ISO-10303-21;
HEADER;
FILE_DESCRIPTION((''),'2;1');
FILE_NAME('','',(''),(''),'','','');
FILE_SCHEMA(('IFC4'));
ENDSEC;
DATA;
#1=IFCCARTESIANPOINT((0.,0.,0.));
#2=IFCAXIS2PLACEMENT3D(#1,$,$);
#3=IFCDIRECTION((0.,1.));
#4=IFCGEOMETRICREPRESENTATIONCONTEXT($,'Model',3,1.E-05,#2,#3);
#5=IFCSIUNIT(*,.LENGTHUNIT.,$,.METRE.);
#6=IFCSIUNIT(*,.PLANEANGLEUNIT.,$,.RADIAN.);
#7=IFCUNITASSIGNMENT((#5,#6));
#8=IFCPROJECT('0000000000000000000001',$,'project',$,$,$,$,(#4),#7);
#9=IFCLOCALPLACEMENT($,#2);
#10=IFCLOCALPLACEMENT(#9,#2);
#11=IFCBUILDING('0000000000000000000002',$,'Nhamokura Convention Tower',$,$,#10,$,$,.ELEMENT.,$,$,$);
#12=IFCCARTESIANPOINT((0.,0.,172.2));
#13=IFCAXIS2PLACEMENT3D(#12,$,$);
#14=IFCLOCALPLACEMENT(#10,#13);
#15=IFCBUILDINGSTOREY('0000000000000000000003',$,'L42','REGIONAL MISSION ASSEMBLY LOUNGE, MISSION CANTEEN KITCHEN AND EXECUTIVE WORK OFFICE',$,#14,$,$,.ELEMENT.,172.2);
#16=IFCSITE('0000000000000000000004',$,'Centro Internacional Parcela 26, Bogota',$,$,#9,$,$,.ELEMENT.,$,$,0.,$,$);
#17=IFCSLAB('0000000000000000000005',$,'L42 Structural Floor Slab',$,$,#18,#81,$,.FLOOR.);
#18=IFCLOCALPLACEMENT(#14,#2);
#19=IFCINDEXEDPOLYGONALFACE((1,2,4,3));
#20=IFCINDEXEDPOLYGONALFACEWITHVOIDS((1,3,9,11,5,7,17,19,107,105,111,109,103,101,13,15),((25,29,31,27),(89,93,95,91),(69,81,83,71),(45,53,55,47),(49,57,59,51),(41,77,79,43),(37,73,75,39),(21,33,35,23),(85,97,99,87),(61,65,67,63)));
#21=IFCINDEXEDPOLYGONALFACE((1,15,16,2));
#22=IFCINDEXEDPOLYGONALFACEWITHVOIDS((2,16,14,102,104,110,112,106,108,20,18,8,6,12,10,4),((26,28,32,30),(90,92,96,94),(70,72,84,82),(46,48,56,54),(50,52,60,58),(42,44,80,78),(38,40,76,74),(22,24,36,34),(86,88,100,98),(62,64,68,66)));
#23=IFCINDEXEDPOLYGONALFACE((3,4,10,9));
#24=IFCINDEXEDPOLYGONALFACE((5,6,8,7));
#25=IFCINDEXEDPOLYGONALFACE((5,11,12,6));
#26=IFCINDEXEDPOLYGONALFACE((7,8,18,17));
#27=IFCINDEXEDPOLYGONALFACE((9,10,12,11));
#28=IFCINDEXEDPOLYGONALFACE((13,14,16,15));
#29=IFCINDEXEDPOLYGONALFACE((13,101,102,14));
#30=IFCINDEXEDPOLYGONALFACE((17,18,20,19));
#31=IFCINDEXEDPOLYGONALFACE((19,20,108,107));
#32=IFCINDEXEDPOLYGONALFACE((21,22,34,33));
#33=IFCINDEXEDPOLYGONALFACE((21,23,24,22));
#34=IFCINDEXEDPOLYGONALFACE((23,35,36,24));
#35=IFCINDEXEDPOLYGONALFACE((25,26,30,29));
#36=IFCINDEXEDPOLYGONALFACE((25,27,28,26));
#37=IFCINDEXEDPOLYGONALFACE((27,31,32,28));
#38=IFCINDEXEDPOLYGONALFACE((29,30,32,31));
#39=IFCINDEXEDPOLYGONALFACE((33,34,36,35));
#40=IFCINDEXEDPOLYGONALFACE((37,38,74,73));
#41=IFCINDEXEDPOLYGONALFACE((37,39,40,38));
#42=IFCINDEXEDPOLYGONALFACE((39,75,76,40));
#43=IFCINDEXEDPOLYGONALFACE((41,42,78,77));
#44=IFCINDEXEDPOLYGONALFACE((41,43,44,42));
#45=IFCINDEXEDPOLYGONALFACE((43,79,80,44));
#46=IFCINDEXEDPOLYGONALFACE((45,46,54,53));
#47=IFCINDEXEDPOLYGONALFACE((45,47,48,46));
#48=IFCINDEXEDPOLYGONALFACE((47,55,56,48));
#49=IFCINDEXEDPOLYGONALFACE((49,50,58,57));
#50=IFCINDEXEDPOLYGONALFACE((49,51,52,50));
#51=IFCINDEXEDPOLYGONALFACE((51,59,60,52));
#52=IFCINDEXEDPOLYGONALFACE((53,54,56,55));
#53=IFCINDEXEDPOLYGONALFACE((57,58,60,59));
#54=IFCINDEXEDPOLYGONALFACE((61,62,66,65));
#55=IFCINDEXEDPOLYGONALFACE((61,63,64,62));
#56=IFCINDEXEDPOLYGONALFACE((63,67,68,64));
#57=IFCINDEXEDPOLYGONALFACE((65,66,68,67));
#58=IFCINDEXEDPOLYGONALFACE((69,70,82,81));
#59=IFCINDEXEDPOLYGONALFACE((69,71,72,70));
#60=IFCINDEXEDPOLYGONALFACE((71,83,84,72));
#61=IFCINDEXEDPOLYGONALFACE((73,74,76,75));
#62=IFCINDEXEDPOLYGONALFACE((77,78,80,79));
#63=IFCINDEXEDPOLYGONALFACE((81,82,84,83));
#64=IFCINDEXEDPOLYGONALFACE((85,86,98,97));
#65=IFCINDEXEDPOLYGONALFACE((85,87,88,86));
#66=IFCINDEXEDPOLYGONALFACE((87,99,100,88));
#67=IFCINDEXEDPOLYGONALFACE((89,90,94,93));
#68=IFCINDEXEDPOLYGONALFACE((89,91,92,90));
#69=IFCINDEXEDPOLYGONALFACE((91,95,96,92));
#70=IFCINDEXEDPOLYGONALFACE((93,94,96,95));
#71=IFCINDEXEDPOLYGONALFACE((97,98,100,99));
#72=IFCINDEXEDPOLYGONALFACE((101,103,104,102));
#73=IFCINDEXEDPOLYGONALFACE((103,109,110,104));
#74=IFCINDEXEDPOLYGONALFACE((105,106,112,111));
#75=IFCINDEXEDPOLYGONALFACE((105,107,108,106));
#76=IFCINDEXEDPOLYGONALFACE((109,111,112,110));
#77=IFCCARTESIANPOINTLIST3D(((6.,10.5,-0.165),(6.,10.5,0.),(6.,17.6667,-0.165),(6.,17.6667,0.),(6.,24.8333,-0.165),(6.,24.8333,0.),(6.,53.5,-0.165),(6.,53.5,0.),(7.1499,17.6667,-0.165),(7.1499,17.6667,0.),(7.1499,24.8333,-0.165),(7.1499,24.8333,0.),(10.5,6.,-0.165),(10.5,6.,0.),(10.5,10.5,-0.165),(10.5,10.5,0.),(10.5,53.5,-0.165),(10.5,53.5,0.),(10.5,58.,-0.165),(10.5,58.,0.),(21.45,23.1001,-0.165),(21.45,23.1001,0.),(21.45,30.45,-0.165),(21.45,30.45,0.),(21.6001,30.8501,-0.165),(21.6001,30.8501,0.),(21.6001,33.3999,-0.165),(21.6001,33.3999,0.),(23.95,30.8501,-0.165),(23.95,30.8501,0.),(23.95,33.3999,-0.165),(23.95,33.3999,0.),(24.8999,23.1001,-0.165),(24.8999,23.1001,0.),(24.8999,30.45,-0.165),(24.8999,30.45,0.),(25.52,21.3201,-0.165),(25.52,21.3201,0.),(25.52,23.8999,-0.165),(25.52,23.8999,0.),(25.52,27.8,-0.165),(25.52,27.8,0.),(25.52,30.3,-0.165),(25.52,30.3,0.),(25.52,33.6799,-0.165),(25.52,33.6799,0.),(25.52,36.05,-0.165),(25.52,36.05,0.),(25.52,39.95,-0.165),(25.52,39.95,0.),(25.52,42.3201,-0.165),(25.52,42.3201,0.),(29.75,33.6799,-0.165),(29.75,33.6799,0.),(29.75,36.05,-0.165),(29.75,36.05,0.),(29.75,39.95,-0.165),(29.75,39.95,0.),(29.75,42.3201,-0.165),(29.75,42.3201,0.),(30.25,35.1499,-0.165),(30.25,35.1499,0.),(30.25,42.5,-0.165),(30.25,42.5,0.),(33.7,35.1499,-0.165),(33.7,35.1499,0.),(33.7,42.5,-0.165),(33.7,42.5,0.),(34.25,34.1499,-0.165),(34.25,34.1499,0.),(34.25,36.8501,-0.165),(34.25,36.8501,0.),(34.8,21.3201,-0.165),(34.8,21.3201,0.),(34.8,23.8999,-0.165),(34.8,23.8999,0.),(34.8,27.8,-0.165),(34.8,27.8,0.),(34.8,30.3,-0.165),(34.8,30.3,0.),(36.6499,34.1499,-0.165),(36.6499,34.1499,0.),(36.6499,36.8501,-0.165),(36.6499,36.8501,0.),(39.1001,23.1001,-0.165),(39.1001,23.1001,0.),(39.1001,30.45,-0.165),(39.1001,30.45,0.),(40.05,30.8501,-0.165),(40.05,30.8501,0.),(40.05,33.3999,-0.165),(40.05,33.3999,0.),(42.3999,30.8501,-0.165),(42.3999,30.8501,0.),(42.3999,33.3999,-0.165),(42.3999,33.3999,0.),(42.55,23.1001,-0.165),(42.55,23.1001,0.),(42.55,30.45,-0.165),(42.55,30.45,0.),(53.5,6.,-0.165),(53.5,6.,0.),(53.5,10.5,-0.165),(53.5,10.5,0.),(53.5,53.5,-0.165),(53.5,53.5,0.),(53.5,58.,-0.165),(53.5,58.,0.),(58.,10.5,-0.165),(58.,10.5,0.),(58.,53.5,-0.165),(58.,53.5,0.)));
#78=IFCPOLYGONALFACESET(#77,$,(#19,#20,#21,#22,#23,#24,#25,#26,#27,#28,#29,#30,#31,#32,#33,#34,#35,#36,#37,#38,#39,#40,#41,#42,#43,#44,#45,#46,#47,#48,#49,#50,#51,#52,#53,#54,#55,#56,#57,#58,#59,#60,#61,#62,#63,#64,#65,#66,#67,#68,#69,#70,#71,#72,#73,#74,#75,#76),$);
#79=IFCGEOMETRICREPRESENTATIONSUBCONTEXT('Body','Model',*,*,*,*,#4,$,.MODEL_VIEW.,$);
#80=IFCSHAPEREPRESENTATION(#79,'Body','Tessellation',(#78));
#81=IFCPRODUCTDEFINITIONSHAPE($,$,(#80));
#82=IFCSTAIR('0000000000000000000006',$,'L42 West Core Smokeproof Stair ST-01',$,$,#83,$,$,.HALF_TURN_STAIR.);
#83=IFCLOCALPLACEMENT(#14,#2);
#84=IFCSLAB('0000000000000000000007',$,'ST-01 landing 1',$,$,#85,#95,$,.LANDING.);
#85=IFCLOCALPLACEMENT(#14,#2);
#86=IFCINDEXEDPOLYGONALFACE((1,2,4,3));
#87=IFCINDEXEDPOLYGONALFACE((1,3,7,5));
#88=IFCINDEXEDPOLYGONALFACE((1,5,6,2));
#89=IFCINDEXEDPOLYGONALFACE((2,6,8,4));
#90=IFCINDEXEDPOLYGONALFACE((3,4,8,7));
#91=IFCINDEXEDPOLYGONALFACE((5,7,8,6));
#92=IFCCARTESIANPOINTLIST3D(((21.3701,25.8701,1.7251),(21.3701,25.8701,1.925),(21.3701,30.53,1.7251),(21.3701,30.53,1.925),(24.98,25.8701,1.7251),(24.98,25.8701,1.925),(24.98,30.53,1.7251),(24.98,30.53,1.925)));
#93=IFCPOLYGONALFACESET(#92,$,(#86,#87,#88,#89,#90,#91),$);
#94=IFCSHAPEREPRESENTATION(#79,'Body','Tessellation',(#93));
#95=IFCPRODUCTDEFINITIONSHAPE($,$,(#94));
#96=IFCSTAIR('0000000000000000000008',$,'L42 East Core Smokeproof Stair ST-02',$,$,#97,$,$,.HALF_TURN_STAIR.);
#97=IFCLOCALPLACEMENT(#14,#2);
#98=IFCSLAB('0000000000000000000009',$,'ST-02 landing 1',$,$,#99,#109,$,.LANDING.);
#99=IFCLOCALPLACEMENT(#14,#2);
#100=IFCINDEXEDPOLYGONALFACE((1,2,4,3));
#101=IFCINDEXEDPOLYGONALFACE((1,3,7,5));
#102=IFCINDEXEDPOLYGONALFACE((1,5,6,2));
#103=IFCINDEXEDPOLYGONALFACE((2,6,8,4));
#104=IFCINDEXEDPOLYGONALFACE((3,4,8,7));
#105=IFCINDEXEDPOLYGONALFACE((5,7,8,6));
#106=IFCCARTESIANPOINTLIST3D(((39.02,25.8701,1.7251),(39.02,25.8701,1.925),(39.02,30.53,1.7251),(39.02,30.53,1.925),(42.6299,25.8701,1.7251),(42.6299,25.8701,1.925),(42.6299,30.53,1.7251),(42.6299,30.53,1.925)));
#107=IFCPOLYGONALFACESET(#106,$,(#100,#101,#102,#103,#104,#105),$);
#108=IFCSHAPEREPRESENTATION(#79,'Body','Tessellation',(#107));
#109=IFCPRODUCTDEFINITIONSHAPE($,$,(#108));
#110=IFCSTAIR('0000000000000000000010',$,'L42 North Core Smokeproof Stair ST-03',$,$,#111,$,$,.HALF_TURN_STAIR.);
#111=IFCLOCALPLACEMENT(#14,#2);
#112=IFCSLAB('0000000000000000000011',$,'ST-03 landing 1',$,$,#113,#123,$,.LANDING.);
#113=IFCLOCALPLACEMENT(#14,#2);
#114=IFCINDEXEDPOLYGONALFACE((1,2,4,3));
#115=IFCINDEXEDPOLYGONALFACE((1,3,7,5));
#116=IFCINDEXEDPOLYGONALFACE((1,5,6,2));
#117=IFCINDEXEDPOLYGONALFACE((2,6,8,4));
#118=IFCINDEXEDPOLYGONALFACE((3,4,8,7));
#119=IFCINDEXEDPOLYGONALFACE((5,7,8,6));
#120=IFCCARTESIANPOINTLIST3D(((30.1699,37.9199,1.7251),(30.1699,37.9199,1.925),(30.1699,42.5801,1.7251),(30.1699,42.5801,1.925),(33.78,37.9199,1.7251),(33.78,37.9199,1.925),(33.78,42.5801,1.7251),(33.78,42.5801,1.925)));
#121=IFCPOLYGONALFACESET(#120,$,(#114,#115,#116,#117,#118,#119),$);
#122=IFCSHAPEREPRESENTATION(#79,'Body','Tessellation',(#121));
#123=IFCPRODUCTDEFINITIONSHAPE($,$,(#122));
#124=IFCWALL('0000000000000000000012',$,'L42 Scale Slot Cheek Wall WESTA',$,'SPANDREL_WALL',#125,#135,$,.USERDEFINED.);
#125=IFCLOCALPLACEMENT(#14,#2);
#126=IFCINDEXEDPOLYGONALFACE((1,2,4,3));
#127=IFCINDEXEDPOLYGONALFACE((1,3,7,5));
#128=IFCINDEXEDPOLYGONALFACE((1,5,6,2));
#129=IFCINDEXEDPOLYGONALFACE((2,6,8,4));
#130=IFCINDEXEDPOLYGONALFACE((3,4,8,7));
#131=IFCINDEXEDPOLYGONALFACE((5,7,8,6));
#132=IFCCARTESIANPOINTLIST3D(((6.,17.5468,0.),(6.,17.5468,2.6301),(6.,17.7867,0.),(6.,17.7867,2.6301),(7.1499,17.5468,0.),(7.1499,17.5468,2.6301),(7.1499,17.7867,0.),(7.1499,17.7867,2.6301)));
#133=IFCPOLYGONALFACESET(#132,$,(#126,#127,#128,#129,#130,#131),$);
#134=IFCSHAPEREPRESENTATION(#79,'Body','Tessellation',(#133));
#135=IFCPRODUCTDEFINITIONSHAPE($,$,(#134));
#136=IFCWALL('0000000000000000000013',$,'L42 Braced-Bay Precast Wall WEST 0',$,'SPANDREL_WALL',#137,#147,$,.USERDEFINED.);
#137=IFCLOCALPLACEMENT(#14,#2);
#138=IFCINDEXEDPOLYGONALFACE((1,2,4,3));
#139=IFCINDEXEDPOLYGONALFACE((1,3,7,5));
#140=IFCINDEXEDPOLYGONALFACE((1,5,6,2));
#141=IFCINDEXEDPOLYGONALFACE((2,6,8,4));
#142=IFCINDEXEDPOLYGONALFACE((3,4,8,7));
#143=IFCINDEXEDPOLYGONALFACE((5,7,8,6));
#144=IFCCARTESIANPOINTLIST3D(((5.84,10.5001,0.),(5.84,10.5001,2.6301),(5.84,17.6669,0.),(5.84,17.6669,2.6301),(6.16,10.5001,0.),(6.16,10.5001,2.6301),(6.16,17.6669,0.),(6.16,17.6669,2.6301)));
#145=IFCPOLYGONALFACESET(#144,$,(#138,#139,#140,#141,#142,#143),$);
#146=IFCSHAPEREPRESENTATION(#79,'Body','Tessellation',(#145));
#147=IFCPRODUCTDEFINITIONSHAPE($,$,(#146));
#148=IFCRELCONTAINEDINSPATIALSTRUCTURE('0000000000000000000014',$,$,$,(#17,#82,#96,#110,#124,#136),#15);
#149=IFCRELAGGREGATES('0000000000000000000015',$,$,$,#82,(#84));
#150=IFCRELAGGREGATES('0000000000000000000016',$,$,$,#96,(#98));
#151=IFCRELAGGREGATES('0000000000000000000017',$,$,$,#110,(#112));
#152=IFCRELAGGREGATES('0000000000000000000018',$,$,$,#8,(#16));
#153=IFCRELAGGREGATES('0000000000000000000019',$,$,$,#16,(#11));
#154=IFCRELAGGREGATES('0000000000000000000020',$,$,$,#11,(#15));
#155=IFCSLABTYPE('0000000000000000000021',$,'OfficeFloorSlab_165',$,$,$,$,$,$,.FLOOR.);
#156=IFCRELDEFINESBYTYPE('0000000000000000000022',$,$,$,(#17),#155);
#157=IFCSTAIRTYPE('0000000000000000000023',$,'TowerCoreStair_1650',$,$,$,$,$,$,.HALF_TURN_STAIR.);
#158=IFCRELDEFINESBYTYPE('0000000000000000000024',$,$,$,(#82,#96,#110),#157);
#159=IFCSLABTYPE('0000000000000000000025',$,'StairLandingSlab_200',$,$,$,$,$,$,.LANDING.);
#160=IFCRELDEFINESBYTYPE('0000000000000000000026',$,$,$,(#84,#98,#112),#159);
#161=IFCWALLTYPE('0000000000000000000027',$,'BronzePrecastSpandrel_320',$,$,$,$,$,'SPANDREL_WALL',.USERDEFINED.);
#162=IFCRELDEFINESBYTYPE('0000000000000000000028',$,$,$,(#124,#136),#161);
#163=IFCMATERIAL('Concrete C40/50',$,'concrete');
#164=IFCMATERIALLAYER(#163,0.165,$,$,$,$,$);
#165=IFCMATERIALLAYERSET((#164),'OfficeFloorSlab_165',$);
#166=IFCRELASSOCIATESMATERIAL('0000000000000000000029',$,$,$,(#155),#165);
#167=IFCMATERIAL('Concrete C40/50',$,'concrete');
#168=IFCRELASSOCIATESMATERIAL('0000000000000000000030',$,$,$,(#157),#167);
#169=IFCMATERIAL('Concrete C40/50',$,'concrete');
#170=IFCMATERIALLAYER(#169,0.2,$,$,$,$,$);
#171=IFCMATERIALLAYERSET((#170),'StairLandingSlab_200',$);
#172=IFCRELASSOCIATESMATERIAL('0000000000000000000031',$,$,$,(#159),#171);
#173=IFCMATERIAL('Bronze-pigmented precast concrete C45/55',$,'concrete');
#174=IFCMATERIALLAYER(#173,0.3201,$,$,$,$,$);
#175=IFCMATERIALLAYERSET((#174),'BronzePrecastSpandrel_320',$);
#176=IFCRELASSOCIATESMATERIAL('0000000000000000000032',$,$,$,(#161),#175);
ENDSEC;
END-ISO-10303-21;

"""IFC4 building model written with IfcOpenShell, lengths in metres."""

from ifc_helpers import new_model, si_unit, direction, frame, frame_2d, origin, place, context, subcontext, project, spatial, polyline, rectangle, outline, extrude, material, layer, layer_set, type_object, element, aggregate, save


model = new_model("IFC4")

# Units and contexts
model_context = context("Model", 3, precision=1e-05, world=origin(), true_north=direction((0.0, 1.0)))
body_context = subcontext(model_context, "Body", "Model", "MODEL_VIEW")
ifc_project = project(units=[si_unit("LENGTHUNIT", "METRE"), si_unit("PLANEANGLEUNIT", "RADIAN")], contexts=[model_context])

# Site, building, storey
site_placement = place(None, origin())
site = spatial("IfcSite", under=ifc_project, at=site_placement, Name="Centro Internacional Parcela 26, Bogota", CompositionType="ELEMENT", RefElevation=0.0)
building_placement = place(site_placement, origin())
building = spatial("IfcBuilding", under=site, at=building_placement, Name="Nhamokura Convention Tower", CompositionType="ELEMENT")
storey_placement = place(building_placement, frame((0.0, 0.0, 172.2)))
storey = spatial("IfcBuildingStorey", under=building, at=storey_placement, Name="L42", Description="REGIONAL MISSION ASSEMBLY LOUNGE, MISSION CANTEEN KITCHEN AND EXECUTIVE WORK OFFICE", CompositionType="ELEMENT", Elevation=172.2)

# Slab
ifc_material_1 = material(Name="Concrete C40/50", Category="concrete")
ifc_layer_1 = layer(ifc_material_1, 0.165)
ifc_layer_set_1 = layer_set([ifc_layer_1], Name="OfficeFloorSlab_165")
slab_type_1 = type_object("IfcSlabType", Name="OfficeFloorSlab_165", PredefinedType="FLOOR", material=ifc_layer_set_1)
slab_1_placement = place(storey_placement, frame((0.0, 0.0, -0.165)))
element("IfcSlab", 1, at=slab_1_placement, inside=storey, type_object=slab_type_1, Name="L42 Structural Floor Slab", PredefinedType="FLOOR", context=body_context, shape_type="SweptSolid", body=[
    extrude(outline(polyline([(10.5, 6.0), (53.5, 6.0), (53.5, 10.5), (58.0, 10.5), (58.0, 53.5), (53.5, 53.5), (53.5, 58.0), (10.5, 58.0), (10.5, 53.5), (6.0, 53.5), (6.0, 24.8333), (7.1499, 24.8333), (7.1499, 17.6667), (6.0, 17.6667), (6.0, 10.5), (10.5, 10.5), (10.5, 6.0)]), holes=[polyline([(24.8999, 23.1001), (24.8999, 30.45), (21.45, 30.45), (21.45, 23.1001), (24.8999, 23.1001)]), polyline([(42.55, 23.1001), (42.55, 30.45), (39.1001, 30.45), (39.1001, 23.1001), (42.55, 23.1001)]), polyline([(33.7, 35.1499), (33.7, 42.5), (30.25, 42.5), (30.25, 35.1499), (33.7, 35.1499)]), polyline([(21.6001, 30.8501), (23.95, 30.8501), (23.95, 33.3999), (21.6001, 33.3999), (21.6001, 30.8501)]), polyline([(40.05, 30.8501), (42.3999, 30.8501), (42.3999, 33.3999), (40.05, 33.3999), (40.05, 30.8501)]), polyline([(34.25, 34.1499), (36.6499, 34.1499), (36.6499, 36.8501), (34.25, 36.8501), (34.25, 34.1499)]), polyline([(25.52, 21.3201), (34.8, 21.3201), (34.8, 23.8999), (25.52, 23.8999), (25.52, 21.3201)]), polyline([(25.52, 27.8), (34.8, 27.8), (34.8, 30.3), (25.52, 30.3), (25.52, 27.8)]), polyline([(25.52, 33.6799), (29.75, 33.6799), (29.75, 36.05), (25.52, 36.05), (25.52, 33.6799)]), polyline([(25.52, 39.95), (29.75, 39.95), (29.75, 42.3201), (25.52, 42.3201), (25.52, 39.95)])]), origin(), (0.0, 0.0, 1.0), 0.165),
])

# Stairs, slabs
ifc_material_2 = material(Name="Concrete C40/50", Category="concrete")
stair_type = type_object("IfcStairType", Name="TowerCoreStair_1650", PredefinedType="HALF_TURN_STAIR", material=ifc_material_2)
stair_1_placement = place(storey_placement, origin())
stair_1 = element("IfcStair", 2, at=stair_1_placement, inside=storey, type_object=stair_type, Name="L42 West Core Smokeproof Stair ST-01", PredefinedType="HALF_TURN_STAIR")
ifc_material_3 = material(Name="Concrete C40/50", Category="concrete")
ifc_layer_2 = layer(ifc_material_3, 0.2)
ifc_layer_set_2 = layer_set([ifc_layer_2], Name="StairLandingSlab_200")
slab_type_2 = type_object("IfcSlabType", Name="StairLandingSlab_200", PredefinedType="LANDING", material=ifc_layer_set_2)
slab_2_placement = place(storey_placement, frame((0.0, 0.0, 1.7251)))
slab_2 = element("IfcSlab", 3, at=slab_2_placement, type_object=slab_type_2, Name="ST-01 landing 1", PredefinedType="LANDING", context=body_context, shape_type="SweptSolid", body=[
    extrude(outline(polyline([(24.98, 25.8701), (24.98, 30.53), (21.3701, 30.53), (21.3701, 25.8701), (24.98, 25.8701)])), origin(), (0.0, 0.0, 1.0), 0.2),
])
aggregate(stair_1, [slab_2])
stair_2_placement = place(storey_placement, origin())
stair_2 = element("IfcStair", 4, at=stair_2_placement, inside=storey, type_object=stair_type, Name="L42 East Core Smokeproof Stair ST-02", PredefinedType="HALF_TURN_STAIR")
slab_3_placement = place(storey_placement, frame((0.0, 0.0, 1.7251)))
slab_3 = element("IfcSlab", 5, at=slab_3_placement, type_object=slab_type_2, Name="ST-02 landing 1", PredefinedType="LANDING", context=body_context, shape_type="SweptSolid", body=[
    extrude(outline(polyline([(42.6299, 25.8701), (42.6299, 30.53), (39.02, 30.53), (39.02, 25.8701), (42.6299, 25.8701)])), origin(), (0.0, 0.0, 1.0), 0.2),
])
aggregate(stair_2, [slab_3])
stair_3_placement = place(storey_placement, origin())
stair_3 = element("IfcStair", 6, at=stair_3_placement, inside=storey, type_object=stair_type, Name="L42 North Core Smokeproof Stair ST-03", PredefinedType="HALF_TURN_STAIR")
slab_4_placement = place(storey_placement, frame((0.0, 0.0, 1.7251)))
slab_4 = element("IfcSlab", 7, at=slab_4_placement, type_object=slab_type_2, Name="ST-03 landing 1", PredefinedType="LANDING", context=body_context, shape_type="SweptSolid", body=[
    extrude(outline(polyline([(33.78, 37.9199), (33.78, 42.5801), (30.1699, 42.5801), (30.1699, 37.9199), (33.78, 37.9199)])), origin(), (0.0, 0.0, 1.0), 0.2),
])
aggregate(stair_3, [slab_4])

# Walls
ifc_material_4 = material(Name="Bronze-pigmented precast concrete C45/55", Category="concrete")
ifc_layer_3 = layer(ifc_material_4, 0.3201)
ifc_layer_set_3 = layer_set([ifc_layer_3], Name="BronzePrecastSpandrel_320")
wall_type = type_object("IfcWallType", Name="BronzePrecastSpandrel_320", ElementType="SPANDREL_WALL", PredefinedType="USERDEFINED", material=ifc_layer_set_3)
wall_1_placement = place(storey_placement, frame((6.0, 17.6667, 0.0), z_axis=(0.0, 0.0, 1.0), x_axis=(1.0, 0.0, 0.0)))
element("IfcWall", 8, at=wall_1_placement, inside=storey, type_object=wall_type, Name="L42 Scale Slot Cheek Wall WESTA", ObjectType="SPANDREL_WALL", PredefinedType="USERDEFINED", context=body_context, shape_type="SweptSolid", body=[
    extrude(rectangle(XDim=1.1499, YDim=0.24, at=frame_2d((0.575, 0.0))), origin(), (0.0, 0.0, 1.0), 2.6301),
])
wall_2_placement = place(storey_placement, frame((6.0, 10.5, 0.0), z_axis=(0.0, 0.0, 1.0), x_axis=(0.0, 1.0, 0.0)))
element("IfcWall", 9, at=wall_2_placement, inside=storey, type_object=wall_type, Name="L42 Braced-Bay Precast Wall WEST 0", ObjectType="SPANDREL_WALL", PredefinedType="USERDEFINED", context=body_context, shape_type="SweptSolid", body=[
    extrude(rectangle(XDim=7.1667, YDim=0.3201, at=frame_2d((3.5835, 0.0))), origin(), (0.0, 0.0, 1.0), 2.6301),
])

save(model, "model.ifc")
